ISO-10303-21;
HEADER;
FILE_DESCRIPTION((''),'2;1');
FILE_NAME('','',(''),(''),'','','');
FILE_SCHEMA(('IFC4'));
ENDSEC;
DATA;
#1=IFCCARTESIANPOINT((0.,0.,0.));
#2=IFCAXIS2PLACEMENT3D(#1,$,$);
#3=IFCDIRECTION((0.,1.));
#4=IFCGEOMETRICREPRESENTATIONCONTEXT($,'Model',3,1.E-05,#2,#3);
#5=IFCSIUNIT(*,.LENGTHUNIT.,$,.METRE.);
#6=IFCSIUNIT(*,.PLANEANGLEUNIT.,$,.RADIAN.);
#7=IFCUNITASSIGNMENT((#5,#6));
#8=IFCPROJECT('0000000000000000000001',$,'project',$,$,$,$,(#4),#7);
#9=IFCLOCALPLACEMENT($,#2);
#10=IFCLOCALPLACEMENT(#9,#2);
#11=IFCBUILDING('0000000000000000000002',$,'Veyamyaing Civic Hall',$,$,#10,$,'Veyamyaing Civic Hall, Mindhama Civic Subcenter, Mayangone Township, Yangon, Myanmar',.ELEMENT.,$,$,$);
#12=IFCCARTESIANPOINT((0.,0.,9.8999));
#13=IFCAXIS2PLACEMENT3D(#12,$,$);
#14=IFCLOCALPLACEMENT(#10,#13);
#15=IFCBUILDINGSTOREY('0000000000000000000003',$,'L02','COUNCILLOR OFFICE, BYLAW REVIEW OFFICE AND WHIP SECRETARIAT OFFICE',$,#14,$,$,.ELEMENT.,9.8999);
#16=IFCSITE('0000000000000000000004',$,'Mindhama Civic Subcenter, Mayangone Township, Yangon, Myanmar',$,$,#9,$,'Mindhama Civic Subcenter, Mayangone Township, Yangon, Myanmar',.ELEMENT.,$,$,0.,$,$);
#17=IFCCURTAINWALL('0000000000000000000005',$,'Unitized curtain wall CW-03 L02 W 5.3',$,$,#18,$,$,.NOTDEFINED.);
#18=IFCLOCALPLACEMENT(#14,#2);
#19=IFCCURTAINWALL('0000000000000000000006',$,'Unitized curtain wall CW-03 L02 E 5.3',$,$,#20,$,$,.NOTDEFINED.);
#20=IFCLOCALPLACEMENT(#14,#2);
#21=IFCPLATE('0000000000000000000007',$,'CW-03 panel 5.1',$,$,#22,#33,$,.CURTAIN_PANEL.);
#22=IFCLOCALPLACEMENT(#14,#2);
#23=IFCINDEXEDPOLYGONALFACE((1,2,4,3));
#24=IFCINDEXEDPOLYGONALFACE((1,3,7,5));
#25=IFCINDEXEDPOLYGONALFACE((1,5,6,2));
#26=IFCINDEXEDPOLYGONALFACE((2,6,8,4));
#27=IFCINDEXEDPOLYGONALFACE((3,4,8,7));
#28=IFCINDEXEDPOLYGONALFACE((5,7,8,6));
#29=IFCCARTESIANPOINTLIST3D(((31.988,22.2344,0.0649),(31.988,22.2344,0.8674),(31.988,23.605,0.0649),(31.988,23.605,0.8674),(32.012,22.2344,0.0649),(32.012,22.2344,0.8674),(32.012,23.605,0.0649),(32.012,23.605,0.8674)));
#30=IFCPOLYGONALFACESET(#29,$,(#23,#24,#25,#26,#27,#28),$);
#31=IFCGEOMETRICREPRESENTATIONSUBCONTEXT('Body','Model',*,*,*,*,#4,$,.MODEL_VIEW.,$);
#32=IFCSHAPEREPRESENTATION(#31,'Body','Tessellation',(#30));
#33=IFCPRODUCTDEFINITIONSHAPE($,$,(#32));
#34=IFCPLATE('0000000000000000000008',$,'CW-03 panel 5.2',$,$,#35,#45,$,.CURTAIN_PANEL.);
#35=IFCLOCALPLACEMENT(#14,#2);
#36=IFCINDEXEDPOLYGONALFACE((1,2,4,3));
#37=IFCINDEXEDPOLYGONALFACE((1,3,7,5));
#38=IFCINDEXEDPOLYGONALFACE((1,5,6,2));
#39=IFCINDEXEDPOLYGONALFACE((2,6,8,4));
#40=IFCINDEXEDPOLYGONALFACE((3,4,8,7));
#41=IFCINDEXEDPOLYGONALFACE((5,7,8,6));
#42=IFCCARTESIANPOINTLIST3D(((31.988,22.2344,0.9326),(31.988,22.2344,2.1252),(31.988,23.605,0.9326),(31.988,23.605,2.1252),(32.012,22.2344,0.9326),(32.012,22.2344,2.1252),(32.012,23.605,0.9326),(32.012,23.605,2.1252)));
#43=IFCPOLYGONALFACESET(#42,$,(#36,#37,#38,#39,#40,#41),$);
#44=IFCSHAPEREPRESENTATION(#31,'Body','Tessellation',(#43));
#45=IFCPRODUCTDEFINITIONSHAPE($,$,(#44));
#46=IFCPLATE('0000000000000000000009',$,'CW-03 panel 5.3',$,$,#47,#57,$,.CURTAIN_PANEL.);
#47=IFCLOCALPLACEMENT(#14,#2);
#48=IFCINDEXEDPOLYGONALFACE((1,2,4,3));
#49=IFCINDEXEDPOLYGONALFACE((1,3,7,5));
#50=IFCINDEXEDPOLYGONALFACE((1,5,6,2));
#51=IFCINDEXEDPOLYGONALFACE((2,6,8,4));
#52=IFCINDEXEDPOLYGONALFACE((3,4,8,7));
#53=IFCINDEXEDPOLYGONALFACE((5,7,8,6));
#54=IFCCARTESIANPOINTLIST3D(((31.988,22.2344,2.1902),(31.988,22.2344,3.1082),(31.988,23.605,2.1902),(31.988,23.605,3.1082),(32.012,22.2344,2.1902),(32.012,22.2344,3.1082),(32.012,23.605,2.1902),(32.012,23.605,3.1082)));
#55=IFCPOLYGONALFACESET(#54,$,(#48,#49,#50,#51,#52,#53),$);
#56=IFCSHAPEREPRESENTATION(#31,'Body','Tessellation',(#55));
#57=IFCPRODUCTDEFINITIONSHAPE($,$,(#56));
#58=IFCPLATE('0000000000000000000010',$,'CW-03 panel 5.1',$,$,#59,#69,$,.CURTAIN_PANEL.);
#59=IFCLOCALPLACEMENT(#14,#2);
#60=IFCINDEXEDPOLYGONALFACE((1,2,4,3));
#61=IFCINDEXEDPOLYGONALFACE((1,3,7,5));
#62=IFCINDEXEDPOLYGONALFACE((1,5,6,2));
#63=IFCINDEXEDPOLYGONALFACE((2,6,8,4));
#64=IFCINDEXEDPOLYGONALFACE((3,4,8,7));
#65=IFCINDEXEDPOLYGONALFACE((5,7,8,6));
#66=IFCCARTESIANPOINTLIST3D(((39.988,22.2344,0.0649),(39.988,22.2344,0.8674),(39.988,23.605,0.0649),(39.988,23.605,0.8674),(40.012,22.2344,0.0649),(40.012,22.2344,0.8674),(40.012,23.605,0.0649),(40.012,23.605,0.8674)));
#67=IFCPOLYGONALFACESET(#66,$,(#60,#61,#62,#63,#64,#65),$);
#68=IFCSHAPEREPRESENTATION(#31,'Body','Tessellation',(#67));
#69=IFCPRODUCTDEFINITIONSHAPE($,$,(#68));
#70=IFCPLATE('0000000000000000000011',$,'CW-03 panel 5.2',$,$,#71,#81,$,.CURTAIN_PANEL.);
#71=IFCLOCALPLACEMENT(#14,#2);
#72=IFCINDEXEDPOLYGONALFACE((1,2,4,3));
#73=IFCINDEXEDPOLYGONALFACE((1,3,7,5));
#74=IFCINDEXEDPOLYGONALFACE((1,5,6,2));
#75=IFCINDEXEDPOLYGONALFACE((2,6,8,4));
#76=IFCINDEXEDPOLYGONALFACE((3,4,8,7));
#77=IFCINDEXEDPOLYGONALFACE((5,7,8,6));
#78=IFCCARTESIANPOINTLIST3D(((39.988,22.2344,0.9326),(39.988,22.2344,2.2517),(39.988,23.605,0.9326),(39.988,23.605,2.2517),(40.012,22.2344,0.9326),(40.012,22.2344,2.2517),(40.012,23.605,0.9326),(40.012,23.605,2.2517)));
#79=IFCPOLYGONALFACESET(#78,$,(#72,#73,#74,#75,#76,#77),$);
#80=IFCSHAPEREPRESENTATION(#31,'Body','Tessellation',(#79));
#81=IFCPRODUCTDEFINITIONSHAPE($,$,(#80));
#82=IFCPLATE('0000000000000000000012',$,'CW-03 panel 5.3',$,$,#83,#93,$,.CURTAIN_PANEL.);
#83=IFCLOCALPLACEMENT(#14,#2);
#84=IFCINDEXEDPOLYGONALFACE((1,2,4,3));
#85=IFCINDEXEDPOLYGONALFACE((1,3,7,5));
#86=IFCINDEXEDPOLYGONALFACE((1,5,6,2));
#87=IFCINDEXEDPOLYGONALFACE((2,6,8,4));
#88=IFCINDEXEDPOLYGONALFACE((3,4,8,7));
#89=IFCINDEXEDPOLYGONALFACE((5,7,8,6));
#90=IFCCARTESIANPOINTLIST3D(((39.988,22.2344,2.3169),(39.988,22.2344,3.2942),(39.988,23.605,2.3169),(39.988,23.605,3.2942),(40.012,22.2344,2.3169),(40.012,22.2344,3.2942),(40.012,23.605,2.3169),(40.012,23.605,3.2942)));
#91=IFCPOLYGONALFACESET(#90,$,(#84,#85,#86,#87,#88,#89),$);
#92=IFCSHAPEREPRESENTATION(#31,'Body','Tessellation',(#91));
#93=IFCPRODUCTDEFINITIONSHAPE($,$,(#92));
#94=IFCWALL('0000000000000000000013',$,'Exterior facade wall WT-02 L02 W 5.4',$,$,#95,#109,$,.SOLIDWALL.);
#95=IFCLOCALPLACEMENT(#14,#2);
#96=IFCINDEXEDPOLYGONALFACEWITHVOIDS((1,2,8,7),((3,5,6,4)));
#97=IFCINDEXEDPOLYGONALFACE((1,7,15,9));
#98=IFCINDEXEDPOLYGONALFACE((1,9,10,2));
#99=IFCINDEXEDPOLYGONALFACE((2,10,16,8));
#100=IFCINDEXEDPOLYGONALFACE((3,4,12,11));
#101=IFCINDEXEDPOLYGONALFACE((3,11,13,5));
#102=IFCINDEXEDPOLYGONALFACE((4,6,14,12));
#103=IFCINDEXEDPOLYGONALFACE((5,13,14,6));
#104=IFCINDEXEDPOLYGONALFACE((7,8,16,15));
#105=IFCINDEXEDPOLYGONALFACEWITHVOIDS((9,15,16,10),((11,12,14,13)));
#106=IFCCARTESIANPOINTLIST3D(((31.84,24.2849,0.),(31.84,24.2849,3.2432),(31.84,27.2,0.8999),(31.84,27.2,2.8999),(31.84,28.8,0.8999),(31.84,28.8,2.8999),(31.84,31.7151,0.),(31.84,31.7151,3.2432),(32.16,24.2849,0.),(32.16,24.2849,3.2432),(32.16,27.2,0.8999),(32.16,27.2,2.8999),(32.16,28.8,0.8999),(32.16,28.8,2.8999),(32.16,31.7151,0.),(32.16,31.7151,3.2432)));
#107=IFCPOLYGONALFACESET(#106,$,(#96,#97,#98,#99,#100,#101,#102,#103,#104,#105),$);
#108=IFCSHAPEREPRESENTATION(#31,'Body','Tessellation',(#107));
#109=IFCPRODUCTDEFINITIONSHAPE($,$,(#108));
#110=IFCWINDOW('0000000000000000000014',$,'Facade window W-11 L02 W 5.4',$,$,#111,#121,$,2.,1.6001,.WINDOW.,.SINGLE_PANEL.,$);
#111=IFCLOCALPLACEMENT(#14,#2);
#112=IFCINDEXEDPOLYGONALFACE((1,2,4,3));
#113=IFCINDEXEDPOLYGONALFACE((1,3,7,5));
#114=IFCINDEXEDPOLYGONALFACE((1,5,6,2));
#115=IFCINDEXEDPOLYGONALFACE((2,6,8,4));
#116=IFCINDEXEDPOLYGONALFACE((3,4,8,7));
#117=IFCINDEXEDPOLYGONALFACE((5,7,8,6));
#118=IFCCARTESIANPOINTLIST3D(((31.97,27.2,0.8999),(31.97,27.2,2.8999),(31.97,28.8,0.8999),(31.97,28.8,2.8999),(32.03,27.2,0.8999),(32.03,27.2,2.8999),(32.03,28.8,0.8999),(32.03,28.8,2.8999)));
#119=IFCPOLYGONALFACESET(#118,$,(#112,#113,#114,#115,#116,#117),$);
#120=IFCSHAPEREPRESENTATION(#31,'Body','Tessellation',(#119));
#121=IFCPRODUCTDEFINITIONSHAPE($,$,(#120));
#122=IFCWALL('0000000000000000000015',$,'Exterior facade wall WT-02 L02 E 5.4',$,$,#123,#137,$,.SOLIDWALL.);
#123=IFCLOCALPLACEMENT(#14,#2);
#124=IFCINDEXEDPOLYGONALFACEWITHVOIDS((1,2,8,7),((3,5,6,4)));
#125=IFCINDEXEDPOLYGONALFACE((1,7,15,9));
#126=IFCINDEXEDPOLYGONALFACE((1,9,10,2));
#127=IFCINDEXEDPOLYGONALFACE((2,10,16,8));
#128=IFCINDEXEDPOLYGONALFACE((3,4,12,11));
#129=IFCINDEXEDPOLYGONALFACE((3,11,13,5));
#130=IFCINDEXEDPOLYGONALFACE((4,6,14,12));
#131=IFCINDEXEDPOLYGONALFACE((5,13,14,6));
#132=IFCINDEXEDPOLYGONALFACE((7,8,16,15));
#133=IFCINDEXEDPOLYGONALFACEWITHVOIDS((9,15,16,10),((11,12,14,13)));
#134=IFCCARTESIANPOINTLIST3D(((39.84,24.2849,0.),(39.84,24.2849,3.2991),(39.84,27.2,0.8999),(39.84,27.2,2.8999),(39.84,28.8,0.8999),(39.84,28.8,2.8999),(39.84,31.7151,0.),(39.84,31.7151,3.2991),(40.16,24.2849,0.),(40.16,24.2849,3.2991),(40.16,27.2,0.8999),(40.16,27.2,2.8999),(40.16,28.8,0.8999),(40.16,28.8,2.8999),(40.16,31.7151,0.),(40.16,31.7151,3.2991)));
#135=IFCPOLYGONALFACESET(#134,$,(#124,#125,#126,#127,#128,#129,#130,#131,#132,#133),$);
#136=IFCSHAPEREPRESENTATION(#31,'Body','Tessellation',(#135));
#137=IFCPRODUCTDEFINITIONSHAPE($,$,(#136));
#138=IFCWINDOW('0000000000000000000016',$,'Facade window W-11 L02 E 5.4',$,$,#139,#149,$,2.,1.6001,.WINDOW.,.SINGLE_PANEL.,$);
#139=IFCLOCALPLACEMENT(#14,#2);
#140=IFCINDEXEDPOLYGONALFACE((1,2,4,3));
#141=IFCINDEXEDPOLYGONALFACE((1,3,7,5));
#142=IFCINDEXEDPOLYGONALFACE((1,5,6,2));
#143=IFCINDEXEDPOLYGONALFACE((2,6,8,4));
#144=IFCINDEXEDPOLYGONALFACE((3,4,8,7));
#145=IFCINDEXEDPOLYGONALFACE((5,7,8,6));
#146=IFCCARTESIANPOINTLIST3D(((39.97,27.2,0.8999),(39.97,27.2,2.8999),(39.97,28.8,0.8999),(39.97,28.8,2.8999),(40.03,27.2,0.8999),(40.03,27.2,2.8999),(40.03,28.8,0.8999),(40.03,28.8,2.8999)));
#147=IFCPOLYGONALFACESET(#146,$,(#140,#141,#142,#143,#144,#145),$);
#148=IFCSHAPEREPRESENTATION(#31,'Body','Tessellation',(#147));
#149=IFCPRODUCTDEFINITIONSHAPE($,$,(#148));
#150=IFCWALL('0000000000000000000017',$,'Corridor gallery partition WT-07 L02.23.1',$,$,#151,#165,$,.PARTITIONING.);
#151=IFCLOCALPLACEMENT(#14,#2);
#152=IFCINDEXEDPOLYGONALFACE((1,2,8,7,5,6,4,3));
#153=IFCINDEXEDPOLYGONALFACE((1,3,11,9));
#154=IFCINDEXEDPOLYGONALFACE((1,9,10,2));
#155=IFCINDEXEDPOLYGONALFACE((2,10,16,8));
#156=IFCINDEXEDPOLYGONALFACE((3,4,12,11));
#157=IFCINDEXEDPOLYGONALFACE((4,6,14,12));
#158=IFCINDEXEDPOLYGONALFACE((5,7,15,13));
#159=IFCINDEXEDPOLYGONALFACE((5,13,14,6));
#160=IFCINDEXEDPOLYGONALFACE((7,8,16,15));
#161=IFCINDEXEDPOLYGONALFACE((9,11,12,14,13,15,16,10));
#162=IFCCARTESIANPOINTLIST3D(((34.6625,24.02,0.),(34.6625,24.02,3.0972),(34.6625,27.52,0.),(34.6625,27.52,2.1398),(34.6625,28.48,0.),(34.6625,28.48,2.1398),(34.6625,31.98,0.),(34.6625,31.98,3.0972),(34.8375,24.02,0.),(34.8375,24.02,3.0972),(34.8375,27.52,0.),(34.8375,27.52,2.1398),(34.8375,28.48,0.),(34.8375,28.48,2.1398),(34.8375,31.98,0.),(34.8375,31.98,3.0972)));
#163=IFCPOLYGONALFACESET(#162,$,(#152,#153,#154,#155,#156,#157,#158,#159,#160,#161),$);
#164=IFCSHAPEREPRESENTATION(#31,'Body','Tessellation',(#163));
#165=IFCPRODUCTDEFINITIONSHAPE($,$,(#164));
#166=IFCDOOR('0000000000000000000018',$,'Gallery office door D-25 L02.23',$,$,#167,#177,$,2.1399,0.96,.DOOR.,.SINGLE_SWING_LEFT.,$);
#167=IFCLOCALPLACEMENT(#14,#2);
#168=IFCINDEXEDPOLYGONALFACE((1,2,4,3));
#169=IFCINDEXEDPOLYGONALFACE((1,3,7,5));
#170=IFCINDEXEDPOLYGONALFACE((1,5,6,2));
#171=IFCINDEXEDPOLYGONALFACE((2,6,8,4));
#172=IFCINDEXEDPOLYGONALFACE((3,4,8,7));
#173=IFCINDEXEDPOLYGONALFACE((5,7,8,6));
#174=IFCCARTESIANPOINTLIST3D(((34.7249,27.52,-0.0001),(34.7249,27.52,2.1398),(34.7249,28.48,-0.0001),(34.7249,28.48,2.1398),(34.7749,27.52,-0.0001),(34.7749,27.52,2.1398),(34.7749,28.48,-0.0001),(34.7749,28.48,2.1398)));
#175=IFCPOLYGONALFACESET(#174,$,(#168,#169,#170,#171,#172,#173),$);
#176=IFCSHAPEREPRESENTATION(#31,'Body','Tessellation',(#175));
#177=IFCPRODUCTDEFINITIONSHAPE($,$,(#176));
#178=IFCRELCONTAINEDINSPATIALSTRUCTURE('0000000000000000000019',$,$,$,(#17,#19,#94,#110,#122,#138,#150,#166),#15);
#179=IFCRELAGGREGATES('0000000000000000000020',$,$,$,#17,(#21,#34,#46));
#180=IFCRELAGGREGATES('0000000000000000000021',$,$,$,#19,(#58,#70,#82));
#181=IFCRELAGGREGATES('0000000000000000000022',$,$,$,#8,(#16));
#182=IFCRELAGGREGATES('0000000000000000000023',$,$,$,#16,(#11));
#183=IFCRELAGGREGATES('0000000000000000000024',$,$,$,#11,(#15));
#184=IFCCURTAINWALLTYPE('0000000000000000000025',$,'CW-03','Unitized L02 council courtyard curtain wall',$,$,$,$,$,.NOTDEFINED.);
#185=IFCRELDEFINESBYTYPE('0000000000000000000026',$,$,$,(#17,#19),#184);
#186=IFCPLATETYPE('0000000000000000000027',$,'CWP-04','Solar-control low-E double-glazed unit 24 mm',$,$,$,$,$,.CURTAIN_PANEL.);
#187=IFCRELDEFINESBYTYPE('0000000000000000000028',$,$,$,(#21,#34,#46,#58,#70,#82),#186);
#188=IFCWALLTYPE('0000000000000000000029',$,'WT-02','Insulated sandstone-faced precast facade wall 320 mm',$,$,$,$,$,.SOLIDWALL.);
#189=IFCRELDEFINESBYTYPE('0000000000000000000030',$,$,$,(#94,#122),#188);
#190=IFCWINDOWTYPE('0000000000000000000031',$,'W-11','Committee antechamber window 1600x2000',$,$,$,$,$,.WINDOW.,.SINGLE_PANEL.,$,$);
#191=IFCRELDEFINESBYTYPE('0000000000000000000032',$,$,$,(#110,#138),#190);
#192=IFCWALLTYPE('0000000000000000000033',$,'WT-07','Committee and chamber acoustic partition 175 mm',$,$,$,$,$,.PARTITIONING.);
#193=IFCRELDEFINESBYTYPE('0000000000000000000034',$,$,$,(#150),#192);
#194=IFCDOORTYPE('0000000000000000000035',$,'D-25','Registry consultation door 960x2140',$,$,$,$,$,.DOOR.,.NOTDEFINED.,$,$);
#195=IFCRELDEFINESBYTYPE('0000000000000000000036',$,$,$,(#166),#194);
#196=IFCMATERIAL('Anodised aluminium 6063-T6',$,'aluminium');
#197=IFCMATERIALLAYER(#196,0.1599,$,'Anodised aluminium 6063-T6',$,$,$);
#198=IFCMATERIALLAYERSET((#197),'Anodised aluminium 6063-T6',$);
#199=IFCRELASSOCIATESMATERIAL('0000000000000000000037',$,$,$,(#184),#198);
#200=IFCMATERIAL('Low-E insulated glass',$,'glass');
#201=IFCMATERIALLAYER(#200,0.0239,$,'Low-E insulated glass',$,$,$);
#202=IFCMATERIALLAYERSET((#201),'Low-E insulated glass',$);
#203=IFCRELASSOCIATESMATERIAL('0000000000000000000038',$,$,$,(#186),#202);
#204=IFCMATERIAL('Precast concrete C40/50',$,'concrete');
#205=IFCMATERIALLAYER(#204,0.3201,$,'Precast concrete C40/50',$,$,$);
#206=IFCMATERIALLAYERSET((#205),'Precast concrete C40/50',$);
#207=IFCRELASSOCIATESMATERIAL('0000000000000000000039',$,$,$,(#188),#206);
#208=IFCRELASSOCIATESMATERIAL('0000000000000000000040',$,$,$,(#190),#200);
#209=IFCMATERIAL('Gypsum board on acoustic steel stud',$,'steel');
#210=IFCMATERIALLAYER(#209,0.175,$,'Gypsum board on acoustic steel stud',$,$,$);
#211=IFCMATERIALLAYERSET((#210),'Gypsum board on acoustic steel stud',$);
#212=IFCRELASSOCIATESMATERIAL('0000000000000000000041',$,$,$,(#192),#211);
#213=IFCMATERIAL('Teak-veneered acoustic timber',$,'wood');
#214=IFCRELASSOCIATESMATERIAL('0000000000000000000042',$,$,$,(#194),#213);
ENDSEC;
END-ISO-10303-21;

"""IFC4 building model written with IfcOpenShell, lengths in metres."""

from ifc_helpers import new_model, si_unit, direction, frame, frame_2d, origin, origin_2d, place, context, subcontext, project, spatial, rectangle, extrude, material, layer, layer_set, type_object, element, fill, aggregate, save


model = new_model("IFC4")

# Units and contexts
model_context = context("Model", 3, precision=1e-05, world=origin(), true_north=direction((0.0, 1.0)))
body_context = subcontext(model_context, "Body", "Model", "MODEL_VIEW")
ifc_project = project(units=[si_unit("LENGTHUNIT", "METRE"), si_unit("PLANEANGLEUNIT", "RADIAN")], contexts=[model_context])

# Site, building, storey
site_placement = place(None, origin())
site = spatial("IfcSite", under=ifc_project, at=site_placement, Name="Mindhama Civic Subcenter, Mayangone Township, Yangon, Myanmar", LongName="Mindhama Civic Subcenter, Mayangone Township, Yangon, Myanmar", CompositionType="ELEMENT", RefElevation=0.0)
building_placement = place(site_placement, origin())
building = spatial("IfcBuilding", under=site, at=building_placement, Name="Veyamyaing Civic Hall", LongName="Veyamyaing Civic Hall, Mindhama Civic Subcenter, Mayangone Township, Yangon, Myanmar", CompositionType="ELEMENT")
storey_placement = place(building_placement, frame((0.0, 0.0, 9.8999)))
storey = spatial("IfcBuildingStorey", under=building, at=storey_placement, Name="L02", Description="COUNCILLOR OFFICE, BYLAW REVIEW OFFICE AND WHIP SECRETARIAT OFFICE", CompositionType="ELEMENT", Elevation=9.8999)

# Curtain wall
ifc_material_1 = material(Name="Anodised aluminium 6063-T6", Category="aluminium")
ifc_layer_1 = layer(ifc_material_1, 0.1599, Name="Anodised aluminium 6063-T6")
ifc_layer_set_1 = layer_set([ifc_layer_1], Name="Anodised aluminium 6063-T6")
curtain_wall_type = type_object("IfcCurtainWallType", Name="CW-03", Description="Unitized L02 council courtyard curtain wall", PredefinedType="NOTDEFINED", material=ifc_layer_set_1)
curtain_wall_1_placement = place(storey_placement, origin())
curtain_wall_1 = element("IfcCurtainWall", 1, at=curtain_wall_1_placement, inside=storey, type_object=curtain_wall_type, Name="Unitized curtain wall CW-03 L02 W 5.3", PredefinedType="NOTDEFINED")

# Curtain wall
curtain_wall_2_placement = place(storey_placement, origin())
curtain_wall_2 = element("IfcCurtainWall", 2, at=curtain_wall_2_placement, inside=storey, type_object=curtain_wall_type, Name="Unitized curtain wall CW-03 L02 E 5.3", PredefinedType="NOTDEFINED")

# Plates
ifc_material_2 = material(Name="Low-E insulated glass", Category="glass")
ifc_layer_2 = layer(ifc_material_2, 0.0239, Name="Low-E insulated glass")
ifc_layer_set_2 = layer_set([ifc_layer_2], Name="Low-E insulated glass")
plate_type = type_object("IfcPlateType", Name="CWP-04", Description="Solar-control low-E double-glazed unit 24 mm", PredefinedType="CURTAIN_PANEL", material=ifc_layer_set_2)
plate_1_placement = place(storey_placement, frame((32.0, 22.9197, 0.0649), z_axis=(0.0, 0.0, 1.0), x_axis=(0.0, 1.0, 0.0)))
plate_1 = element("IfcPlate", 3, at=plate_1_placement, type_object=plate_type, Name="CW-03 panel 5.1", PredefinedType="CURTAIN_PANEL", context=body_context, shape_type="SweptSolid", body=[
    extrude(rectangle(XDim=1.3706, YDim=0.0239, at=origin_2d()), origin(), (0.0, 0.0, 1.0), 0.8025),
])
plate_2_placement = place(storey_placement, frame((32.0, 22.9197, 0.9326), z_axis=(0.0, 0.0, 1.0), x_axis=(0.0, 1.0, 0.0)))
plate_2 = element("IfcPlate", 4, at=plate_2_placement, type_object=plate_type, Name="CW-03 panel 5.2", PredefinedType="CURTAIN_PANEL", context=body_context, shape_type="SweptSolid", body=[
    extrude(rectangle(XDim=1.3706, YDim=0.0239, at=origin_2d()), origin(), (0.0, 0.0, 1.0), 1.1926),
])
plate_3_placement = place(storey_placement, frame((32.0, 22.9197, 2.1902), z_axis=(0.0, 0.0, 1.0), x_axis=(0.0, 1.0, 0.0)))
plate_3 = element("IfcPlate", 5, at=plate_3_placement, type_object=plate_type, Name="CW-03 panel 5.3", PredefinedType="CURTAIN_PANEL", context=body_context, shape_type="SweptSolid", body=[
    extrude(rectangle(XDim=1.3706, YDim=0.0239, at=origin_2d()), origin(), (0.0, 0.0, 1.0), 0.918),
])
aggregate(curtain_wall_1, [plate_1, plate_2, plate_3])
plate_4_placement = place(storey_placement, frame((40.0, 22.9197, 0.0649), z_axis=(0.0, 0.0, 1.0), x_axis=(0.0, 1.0, 0.0)))
plate_4 = element("IfcPlate", 6, at=plate_4_placement, type_object=plate_type, Name="CW-03 panel 5.1", PredefinedType="CURTAIN_PANEL", context=body_context, shape_type="SweptSolid", body=[
    extrude(rectangle(XDim=1.3706, YDim=0.0239, at=origin_2d()), origin(), (0.0, 0.0, 1.0), 0.8025),
])
plate_5_placement = place(storey_placement, frame((40.0, 22.9197, 0.9326), z_axis=(0.0, 0.0, 1.0), x_axis=(0.0, 1.0, 0.0)))
plate_5 = element("IfcPlate", 7, at=plate_5_placement, type_object=plate_type, Name="CW-03 panel 5.2", PredefinedType="CURTAIN_PANEL", context=body_context, shape_type="SweptSolid", body=[
    extrude(rectangle(XDim=1.3706, YDim=0.0239, at=origin_2d()), origin(), (0.0, 0.0, 1.0), 1.3191),
])
plate_6_placement = place(storey_placement, frame((40.0, 22.9197, 2.3169), z_axis=(0.0, 0.0, 1.0), x_axis=(0.0, 1.0, 0.0)))
plate_6 = element("IfcPlate", 8, at=plate_6_placement, type_object=plate_type, Name="CW-03 panel 5.3", PredefinedType="CURTAIN_PANEL", context=body_context, shape_type="SweptSolid", body=[
    extrude(rectangle(XDim=1.3706, YDim=0.0239, at=origin_2d()), origin(), (0.0, 0.0, 1.0), 0.9773),
])
aggregate(curtain_wall_2, [plate_4, plate_5, plate_6])

# Walls, openings, windows
ifc_material_3 = material(Name="Precast concrete C40/50", Category="concrete")
ifc_layer_3 = layer(ifc_material_3, 0.3201, Name="Precast concrete C40/50")
ifc_layer_set_3 = layer_set([ifc_layer_3], Name="Precast concrete C40/50")
wall_type_1 = type_object("IfcWallType", Name="WT-02", Description="Insulated sandstone-faced precast facade wall 320 mm", PredefinedType="SOLIDWALL", material=ifc_layer_set_3)
wall_1_placement = place(storey_placement, frame((32.0, 24.2849, 0.0), z_axis=(0.0, 0.0, 1.0), x_axis=(0.0, 1.0, 0.0)))
wall_1 = element("IfcWall", 9, at=wall_1_placement, inside=storey, type_object=wall_type_1, Name="Exterior facade wall WT-02 L02 W 5.4", PredefinedType="SOLIDWALL", context=body_context, shape_type="SweptSolid", body=[
    extrude(rectangle(XDim=7.4302, YDim=0.3201, at=frame_2d((3.7151, 0.0))), origin(), (0.0, 0.0, 1.0), 3.2432),
])
opening_1_placement = place(wall_1_placement, frame((2.915, 0.0, 0.8999)))
opening_1 = element("IfcOpeningElement", 10, at=opening_1_placement, cuts=wall_1, PredefinedType="OPENING", context=body_context, shape_type="SweptSolid", body=[
    extrude(rectangle(XDim=1.6001, YDim=2.0, at=frame_2d((0.8, 1.0))), frame((0.0, 0.1699, 0.0), z_axis=(0.0, -1.0, 0.0), x_axis=(1.0, 0.0, 0.0)), (0.0, 0.0, 1.0), 0.3401),
])
window_type = type_object("IfcWindowType", Name="W-11", Description="Committee antechamber window 1600x2000", PartitioningType="SINGLE_PANEL", PredefinedType="WINDOW", material=ifc_material_2)
window_1_placement = place(opening_1_placement, origin())
window_1 = element("IfcWindow", 11, at=window_1_placement, inside=storey, type_object=window_type, Name="Facade window W-11 L02 W 5.4", OverallHeight=2.0, OverallWidth=1.6001, PartitioningType="SINGLE_PANEL", PredefinedType="WINDOW", context=body_context, shape_type="SweptSolid", body=[
    extrude(rectangle(XDim=1.6001, YDim=2.0, at=frame_2d((0.8, 1.0))), frame((0.0, 0.03, 0.0), z_axis=(0.0, -1.0, 0.0), x_axis=(1.0, 0.0, 0.0)), (0.0, 0.0, 1.0), 0.0601),
])
fill(opening_1, window_1)
wall_2_placement = place(storey_placement, frame((40.0, 24.2849, 0.0), z_axis=(0.0, 0.0, 1.0), x_axis=(0.0, 1.0, 0.0)))
wall_2 = element("IfcWall", 12, at=wall_2_placement, inside=storey, type_object=wall_type_1, Name="Exterior facade wall WT-02 L02 E 5.4", PredefinedType="SOLIDWALL", context=body_context, shape_type="SweptSolid", body=[
    extrude(rectangle(XDim=7.4302, YDim=0.3201, at=frame_2d((3.7151, 0.0))), origin(), (0.0, 0.0, 1.0), 3.2991),
])
opening_2_placement = place(wall_2_placement, frame((2.915, 0.0, 0.8999)))
opening_2 = element("IfcOpeningElement", 13, at=opening_2_placement, cuts=wall_2, PredefinedType="OPENING", context=body_context, shape_type="SweptSolid", body=[
    extrude(rectangle(XDim=1.6001, YDim=2.0, at=frame_2d((0.8, 1.0))), frame((0.0, 0.1699, 0.0), z_axis=(0.0, -1.0, 0.0), x_axis=(1.0, 0.0, 0.0)), (0.0, 0.0, 1.0), 0.3401),
])
window_2_placement = place(opening_2_placement, origin())
window_2 = element("IfcWindow", 14, at=window_2_placement, inside=storey, type_object=window_type, Name="Facade window W-11 L02 E 5.4", OverallHeight=2.0, OverallWidth=1.6001, PartitioningType="SINGLE_PANEL", PredefinedType="WINDOW", context=body_context, shape_type="SweptSolid", body=[
    extrude(rectangle(XDim=1.6001, YDim=2.0, at=frame_2d((0.8, 1.0))), frame((0.0, 0.03, 0.0), z_axis=(0.0, -1.0, 0.0), x_axis=(1.0, 0.0, 0.0)), (0.0, 0.0, 1.0), 0.0601),
])
fill(opening_2, window_2)

# Wall, opening, door
ifc_material_4 = material(Name="Gypsum board on acoustic steel stud", Category="steel")
ifc_layer_4 = layer(ifc_material_4, 0.175, Name="Gypsum board on acoustic steel stud")
ifc_layer_set_4 = layer_set([ifc_layer_4], Name="Gypsum board on acoustic steel stud")
wall_type_2 = type_object("IfcWallType", Name="WT-07", Description="Committee and chamber acoustic partition 175 mm", PredefinedType="PARTITIONING", material=ifc_layer_set_4)
wall_3_placement = place(storey_placement, frame((34.75, 24.02, 0.0), z_axis=(0.0, 0.0, 1.0), x_axis=(0.0, 1.0, 0.0)))
wall_3 = element("IfcWall", 15, at=wall_3_placement, inside=storey, type_object=wall_type_2, Name="Corridor gallery partition WT-07 L02.23.1", PredefinedType="PARTITIONING", context=body_context, shape_type="SweptSolid", body=[
    extrude(rectangle(XDim=7.96, YDim=0.175, at=frame_2d((3.98, 0.0))), origin(), (0.0, 0.0, 1.0), 3.0972),
])
opening_3_placement = place(wall_3_placement, frame((3.5, 0.0, 0.0)))
opening_3 = element("IfcOpeningElement", 16, at=opening_3_placement, cuts=wall_3, PredefinedType="OPENING", context=body_context, shape_type="SweptSolid", body=[
    extrude(rectangle(XDim=0.96, YDim=2.1399, at=frame_2d((0.48, 1.0698))), frame((0.0, 0.0974, 0.0), z_axis=(0.0, -1.0, 0.0), x_axis=(1.0, 0.0, 0.0)), (0.0, 0.0, 1.0), 0.1951),
])
ifc_material_5 = material(Name="Teak-veneered acoustic timber", Category="wood")
door_type = type_object("IfcDoorType", Name="D-25", Description="Registry consultation door 960x2140", OperationType="NOTDEFINED", PredefinedType="DOOR", material=ifc_material_5)
door_placement = place(opening_3_placement, frame((0.96, 0.0, 0.0), z_axis=(0.0, 0.0, 1.0), x_axis=(-1.0, 0.0, 0.0)))
door = element("IfcDoor", 17, at=door_placement, inside=storey, type_object=door_type, Name="Gallery office door D-25 L02.23", OperationType="SINGLE_SWING_LEFT", OverallHeight=2.1399, OverallWidth=0.96, PredefinedType="DOOR", context=body_context, shape_type="SweptSolid", body=[
    extrude(rectangle(XDim=0.96, YDim=2.1399, at=frame_2d((0.48, 1.0698))), frame((0.0, 0.0249, 0.0), z_axis=(0.0, -1.0, 0.0), x_axis=(1.0, 0.0, 0.0)), (0.0, 0.0, 1.0), 0.05),
])
fill(opening_3, door)

save(model, "model.ifc")
